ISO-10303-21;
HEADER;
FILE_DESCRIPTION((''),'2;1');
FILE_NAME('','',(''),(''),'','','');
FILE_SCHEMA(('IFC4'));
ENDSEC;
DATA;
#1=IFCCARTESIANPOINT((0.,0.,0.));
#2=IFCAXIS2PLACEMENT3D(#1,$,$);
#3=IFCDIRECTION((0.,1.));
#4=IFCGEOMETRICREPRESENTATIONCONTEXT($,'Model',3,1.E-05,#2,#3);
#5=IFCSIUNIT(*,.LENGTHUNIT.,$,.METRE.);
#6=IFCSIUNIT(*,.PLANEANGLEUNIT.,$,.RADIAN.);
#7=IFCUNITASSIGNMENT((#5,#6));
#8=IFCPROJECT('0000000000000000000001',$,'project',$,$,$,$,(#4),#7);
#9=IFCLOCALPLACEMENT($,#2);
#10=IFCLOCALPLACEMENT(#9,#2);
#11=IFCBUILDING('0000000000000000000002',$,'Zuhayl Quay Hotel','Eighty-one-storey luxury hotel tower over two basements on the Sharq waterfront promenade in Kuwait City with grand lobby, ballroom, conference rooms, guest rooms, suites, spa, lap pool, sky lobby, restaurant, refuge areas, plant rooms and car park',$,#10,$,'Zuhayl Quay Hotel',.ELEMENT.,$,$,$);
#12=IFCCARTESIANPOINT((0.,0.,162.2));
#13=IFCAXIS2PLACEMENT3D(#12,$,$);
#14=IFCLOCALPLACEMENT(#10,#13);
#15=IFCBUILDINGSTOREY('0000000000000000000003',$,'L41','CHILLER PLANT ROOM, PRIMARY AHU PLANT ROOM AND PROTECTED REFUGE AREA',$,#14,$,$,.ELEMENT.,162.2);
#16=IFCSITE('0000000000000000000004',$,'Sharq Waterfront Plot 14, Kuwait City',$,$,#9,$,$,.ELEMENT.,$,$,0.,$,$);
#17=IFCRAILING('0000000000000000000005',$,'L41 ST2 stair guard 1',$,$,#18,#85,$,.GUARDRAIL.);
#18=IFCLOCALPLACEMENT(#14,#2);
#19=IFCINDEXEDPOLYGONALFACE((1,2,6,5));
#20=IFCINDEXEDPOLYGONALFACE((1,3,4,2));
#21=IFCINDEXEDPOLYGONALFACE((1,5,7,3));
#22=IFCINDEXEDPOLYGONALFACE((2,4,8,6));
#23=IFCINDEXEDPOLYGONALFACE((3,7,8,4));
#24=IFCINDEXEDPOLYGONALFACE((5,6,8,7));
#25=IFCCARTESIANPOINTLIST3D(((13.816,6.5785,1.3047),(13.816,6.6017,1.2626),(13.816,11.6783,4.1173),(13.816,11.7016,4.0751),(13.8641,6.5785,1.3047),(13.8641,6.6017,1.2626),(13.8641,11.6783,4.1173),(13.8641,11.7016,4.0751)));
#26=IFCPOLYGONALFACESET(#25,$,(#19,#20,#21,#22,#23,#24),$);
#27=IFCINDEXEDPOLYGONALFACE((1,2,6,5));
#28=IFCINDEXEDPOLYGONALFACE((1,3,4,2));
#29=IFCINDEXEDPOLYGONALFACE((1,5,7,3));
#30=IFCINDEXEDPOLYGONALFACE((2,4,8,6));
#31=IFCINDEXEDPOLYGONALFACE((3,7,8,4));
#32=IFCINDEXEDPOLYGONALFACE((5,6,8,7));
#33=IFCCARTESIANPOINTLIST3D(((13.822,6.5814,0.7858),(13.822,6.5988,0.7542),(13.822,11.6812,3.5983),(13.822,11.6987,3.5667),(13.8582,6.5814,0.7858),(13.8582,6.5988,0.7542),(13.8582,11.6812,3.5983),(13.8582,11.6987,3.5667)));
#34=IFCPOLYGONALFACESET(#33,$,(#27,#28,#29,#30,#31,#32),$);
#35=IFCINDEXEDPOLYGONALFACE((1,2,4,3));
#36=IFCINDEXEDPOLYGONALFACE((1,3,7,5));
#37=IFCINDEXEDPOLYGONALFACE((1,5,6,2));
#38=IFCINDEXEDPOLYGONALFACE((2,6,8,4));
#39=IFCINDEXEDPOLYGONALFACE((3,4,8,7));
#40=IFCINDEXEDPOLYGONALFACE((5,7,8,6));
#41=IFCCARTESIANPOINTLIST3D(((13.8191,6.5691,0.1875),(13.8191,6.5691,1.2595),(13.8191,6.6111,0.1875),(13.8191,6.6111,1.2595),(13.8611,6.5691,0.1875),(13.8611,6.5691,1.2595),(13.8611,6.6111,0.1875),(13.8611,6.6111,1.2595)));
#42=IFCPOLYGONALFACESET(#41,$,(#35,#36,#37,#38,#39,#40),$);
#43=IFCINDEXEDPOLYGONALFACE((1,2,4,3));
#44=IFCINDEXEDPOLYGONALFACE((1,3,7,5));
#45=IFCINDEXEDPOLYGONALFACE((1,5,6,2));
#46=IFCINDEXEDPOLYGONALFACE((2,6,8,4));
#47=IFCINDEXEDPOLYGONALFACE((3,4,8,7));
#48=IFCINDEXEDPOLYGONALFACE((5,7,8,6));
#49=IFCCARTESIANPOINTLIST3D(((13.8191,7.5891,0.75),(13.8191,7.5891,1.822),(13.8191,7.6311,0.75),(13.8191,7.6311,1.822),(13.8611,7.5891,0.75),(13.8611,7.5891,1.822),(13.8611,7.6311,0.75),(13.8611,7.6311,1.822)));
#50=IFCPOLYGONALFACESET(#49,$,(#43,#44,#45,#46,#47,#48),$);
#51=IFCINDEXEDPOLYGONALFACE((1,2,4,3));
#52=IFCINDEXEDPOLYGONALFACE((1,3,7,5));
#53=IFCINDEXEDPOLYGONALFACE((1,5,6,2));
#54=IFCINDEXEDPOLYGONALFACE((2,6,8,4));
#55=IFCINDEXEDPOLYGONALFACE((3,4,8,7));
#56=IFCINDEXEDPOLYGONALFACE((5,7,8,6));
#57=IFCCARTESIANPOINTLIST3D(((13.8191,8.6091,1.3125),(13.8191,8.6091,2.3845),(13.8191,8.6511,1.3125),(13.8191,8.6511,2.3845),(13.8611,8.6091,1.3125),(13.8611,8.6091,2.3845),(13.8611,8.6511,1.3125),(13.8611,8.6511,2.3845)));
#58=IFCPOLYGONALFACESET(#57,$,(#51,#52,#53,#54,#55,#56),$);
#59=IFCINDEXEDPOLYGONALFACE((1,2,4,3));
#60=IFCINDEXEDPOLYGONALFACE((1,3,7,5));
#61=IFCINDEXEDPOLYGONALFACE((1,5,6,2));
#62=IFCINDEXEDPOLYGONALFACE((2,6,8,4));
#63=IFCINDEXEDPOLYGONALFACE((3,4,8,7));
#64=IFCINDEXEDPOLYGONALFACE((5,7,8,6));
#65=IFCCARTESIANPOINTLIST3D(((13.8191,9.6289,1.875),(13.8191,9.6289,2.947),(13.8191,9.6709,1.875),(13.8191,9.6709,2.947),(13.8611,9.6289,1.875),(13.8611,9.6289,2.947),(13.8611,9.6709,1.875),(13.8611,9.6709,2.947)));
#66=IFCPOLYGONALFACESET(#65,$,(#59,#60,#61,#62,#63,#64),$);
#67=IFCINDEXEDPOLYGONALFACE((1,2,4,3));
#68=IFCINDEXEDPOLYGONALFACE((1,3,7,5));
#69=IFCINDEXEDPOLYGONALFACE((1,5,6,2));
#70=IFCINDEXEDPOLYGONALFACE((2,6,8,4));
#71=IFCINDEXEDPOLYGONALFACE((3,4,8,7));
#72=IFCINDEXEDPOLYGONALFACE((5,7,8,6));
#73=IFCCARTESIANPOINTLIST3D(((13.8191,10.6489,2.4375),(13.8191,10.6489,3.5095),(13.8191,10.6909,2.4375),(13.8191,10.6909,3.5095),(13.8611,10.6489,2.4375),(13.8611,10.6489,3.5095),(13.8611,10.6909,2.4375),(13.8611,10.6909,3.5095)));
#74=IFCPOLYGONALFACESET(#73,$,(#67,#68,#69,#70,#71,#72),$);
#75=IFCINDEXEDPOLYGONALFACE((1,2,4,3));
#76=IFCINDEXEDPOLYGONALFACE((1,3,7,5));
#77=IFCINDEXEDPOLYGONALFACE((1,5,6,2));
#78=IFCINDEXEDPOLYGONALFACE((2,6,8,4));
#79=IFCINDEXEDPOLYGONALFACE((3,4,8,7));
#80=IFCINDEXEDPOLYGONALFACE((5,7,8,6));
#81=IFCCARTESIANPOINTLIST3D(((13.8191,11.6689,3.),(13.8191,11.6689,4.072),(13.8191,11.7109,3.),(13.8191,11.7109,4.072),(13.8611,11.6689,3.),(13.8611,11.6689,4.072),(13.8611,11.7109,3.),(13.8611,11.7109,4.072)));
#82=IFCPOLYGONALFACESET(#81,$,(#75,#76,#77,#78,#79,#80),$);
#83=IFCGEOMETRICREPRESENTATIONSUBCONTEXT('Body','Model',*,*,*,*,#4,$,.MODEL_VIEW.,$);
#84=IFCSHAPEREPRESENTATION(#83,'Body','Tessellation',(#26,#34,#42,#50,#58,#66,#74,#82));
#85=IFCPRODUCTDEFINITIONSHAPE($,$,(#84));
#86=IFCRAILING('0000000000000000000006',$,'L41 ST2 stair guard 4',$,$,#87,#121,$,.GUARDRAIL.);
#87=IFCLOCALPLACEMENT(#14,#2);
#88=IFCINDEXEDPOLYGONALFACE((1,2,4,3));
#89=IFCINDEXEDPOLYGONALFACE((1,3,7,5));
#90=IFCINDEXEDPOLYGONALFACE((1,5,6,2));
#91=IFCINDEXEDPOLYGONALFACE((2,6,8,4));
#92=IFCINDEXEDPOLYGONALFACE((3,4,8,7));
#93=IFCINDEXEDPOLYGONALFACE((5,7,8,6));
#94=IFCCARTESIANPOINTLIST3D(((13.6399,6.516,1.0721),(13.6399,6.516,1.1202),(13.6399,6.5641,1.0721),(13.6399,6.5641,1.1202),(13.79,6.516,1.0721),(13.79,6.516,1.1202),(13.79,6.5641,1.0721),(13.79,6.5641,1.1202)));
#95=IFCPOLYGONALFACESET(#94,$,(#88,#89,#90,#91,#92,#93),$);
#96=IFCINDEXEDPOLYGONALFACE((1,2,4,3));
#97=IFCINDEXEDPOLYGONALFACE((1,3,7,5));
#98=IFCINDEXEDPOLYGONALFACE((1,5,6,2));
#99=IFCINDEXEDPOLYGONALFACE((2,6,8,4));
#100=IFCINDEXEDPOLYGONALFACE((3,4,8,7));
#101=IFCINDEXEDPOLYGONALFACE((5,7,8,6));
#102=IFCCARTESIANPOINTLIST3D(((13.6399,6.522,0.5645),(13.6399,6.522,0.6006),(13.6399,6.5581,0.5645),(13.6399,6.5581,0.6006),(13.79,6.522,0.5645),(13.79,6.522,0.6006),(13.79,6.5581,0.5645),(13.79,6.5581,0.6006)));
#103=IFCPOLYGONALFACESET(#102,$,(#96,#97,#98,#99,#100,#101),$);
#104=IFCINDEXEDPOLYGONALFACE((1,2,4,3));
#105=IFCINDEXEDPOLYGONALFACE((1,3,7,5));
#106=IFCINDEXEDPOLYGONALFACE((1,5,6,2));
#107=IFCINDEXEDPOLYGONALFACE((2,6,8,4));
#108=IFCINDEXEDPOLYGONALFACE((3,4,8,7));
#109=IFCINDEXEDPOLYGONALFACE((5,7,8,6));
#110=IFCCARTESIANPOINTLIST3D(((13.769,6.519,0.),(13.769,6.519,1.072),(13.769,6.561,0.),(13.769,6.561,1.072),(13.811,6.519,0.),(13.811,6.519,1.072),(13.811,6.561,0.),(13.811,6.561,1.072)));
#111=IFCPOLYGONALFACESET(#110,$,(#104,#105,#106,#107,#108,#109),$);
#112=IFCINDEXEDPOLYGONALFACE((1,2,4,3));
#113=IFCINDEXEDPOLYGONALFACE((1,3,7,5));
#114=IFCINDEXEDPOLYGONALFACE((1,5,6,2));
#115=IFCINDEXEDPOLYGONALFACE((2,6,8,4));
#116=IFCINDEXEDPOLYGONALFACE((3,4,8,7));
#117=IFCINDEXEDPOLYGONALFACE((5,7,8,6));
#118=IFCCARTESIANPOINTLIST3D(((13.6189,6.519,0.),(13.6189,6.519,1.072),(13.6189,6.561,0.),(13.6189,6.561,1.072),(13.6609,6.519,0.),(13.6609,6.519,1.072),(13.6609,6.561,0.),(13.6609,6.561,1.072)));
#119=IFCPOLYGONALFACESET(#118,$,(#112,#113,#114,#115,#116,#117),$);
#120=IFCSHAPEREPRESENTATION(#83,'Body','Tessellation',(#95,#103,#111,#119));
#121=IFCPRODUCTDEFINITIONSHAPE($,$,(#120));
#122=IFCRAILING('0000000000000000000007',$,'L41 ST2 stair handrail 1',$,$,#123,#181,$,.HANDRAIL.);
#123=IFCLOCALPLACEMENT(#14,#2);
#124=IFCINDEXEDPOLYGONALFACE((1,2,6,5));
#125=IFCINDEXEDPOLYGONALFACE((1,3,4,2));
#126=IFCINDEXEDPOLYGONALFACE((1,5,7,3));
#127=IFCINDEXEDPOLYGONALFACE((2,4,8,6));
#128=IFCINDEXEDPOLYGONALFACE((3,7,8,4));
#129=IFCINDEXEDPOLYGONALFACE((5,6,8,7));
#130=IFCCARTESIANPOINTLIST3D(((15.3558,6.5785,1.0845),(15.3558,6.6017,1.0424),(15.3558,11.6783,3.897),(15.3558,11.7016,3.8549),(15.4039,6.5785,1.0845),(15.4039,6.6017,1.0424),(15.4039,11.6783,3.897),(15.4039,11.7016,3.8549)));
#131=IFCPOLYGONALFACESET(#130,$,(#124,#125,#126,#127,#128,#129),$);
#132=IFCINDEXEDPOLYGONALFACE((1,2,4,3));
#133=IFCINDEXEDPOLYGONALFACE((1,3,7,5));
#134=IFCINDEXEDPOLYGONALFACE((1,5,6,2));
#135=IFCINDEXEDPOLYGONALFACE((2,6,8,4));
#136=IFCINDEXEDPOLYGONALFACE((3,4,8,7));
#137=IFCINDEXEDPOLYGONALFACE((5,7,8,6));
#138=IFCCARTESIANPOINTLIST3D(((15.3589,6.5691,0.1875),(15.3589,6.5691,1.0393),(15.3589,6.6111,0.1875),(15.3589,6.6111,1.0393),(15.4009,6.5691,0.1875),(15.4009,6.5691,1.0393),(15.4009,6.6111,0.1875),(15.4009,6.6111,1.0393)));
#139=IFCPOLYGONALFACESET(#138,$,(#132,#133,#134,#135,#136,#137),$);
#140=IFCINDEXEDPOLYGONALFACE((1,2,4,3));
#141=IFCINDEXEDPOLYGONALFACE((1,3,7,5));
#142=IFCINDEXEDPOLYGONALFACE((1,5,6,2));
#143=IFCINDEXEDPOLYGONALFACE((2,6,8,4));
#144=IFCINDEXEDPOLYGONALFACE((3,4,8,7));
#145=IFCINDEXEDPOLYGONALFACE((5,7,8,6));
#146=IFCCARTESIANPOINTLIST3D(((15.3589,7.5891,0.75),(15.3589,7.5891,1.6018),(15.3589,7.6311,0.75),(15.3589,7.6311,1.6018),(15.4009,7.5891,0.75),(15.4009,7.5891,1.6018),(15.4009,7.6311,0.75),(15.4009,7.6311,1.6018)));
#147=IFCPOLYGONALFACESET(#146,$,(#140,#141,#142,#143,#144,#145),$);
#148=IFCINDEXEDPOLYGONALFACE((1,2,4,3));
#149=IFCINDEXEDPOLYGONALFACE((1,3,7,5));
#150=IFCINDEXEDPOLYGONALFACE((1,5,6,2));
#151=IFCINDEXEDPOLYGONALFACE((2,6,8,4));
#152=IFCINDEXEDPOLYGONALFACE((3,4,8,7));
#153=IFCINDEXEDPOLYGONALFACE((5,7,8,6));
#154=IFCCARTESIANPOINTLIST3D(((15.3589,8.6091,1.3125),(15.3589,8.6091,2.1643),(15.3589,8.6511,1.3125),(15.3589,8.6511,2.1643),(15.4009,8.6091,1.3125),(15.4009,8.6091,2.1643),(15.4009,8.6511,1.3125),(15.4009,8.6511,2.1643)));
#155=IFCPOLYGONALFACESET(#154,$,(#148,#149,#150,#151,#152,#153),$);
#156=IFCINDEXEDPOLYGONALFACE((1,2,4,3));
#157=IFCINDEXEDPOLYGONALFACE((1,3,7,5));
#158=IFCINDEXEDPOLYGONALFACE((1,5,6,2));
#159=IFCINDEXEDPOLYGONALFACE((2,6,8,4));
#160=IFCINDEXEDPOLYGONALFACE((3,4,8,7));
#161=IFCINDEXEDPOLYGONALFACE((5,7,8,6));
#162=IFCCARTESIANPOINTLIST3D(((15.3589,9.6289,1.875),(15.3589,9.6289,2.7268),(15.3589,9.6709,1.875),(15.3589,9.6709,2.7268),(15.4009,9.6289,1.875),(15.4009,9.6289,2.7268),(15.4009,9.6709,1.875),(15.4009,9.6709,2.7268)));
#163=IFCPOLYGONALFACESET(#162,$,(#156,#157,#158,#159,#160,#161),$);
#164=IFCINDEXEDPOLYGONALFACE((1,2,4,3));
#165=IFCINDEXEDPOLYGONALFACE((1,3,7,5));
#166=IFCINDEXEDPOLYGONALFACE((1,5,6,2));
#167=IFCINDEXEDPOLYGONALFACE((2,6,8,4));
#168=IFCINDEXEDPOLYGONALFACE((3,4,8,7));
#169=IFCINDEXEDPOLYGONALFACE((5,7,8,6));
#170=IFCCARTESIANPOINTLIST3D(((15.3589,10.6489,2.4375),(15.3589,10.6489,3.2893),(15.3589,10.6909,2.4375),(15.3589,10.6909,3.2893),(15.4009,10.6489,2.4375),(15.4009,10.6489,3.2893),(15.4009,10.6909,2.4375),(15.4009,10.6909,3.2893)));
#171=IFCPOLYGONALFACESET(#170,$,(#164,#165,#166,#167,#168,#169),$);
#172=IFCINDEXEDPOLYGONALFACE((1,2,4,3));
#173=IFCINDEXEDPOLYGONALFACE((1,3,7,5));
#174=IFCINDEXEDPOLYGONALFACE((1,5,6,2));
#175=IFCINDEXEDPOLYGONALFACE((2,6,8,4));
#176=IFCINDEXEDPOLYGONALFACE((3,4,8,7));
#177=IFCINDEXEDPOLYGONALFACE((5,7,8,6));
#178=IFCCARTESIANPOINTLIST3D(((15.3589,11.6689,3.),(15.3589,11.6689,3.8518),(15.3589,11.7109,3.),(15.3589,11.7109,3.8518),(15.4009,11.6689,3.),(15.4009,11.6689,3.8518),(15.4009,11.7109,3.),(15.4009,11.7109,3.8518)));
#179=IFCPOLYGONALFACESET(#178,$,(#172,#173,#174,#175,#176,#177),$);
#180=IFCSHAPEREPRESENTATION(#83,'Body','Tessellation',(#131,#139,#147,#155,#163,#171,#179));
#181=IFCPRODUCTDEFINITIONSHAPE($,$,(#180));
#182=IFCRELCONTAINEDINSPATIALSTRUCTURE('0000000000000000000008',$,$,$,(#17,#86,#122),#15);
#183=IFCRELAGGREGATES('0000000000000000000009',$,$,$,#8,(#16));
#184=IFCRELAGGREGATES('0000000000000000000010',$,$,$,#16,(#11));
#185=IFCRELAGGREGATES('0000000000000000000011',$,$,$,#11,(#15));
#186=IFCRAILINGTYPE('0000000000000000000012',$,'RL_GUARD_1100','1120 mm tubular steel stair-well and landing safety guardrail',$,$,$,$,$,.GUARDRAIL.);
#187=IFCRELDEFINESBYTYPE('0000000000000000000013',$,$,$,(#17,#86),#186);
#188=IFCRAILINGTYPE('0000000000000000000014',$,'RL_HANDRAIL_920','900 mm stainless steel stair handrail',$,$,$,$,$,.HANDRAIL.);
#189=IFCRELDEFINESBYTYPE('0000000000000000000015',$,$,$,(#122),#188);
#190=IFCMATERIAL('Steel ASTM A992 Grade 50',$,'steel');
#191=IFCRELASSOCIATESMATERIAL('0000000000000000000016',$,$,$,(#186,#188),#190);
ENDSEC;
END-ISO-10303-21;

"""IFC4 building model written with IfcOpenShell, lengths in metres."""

from ifc_helpers import new_model, si_unit, direction, frame, origin, origin_2d, place, context, subcontext, project, spatial, rectangle, extrude, material, type_object, element, save


model = new_model("IFC4")

# Units and contexts
model_context = context("Model", 3, precision=1e-05, world=origin(), true_north=direction((0.0, 1.0)))
body_context = subcontext(model_context, "Body", "Model", "MODEL_VIEW")
ifc_project = project(units=[si_unit("LENGTHUNIT", "METRE"), si_unit("PLANEANGLEUNIT", "RADIAN")], contexts=[model_context])

# Site, building, storey
site_placement = place(None, origin())
site = spatial("IfcSite", under=ifc_project, at=site_placement, Name="Sharq Waterfront Plot 14, Kuwait City", CompositionType="ELEMENT", RefElevation=0.0)
building_placement = place(site_placement, origin())
building = spatial("IfcBuilding", under=site, at=building_placement, Name="Zuhayl Quay Hotel", Description="Eighty-one-storey luxury hotel tower over two basements on the Sharq waterfront promenade in Kuwait City with grand lobby, ballroom, conference rooms, guest rooms, suites, spa, lap pool, sky lobby, restaurant, refuge areas, plant rooms and car park", LongName="Zuhayl Quay Hotel", CompositionType="ELEMENT")
storey_placement = place(building_placement, frame((0.0, 0.0, 162.2)))
storey = spatial("IfcBuildingStorey", under=building, at=storey_placement, Name="L41", Description="CHILLER PLANT ROOM, PRIMARY AHU PLANT ROOM AND PROTECTED REFUGE AREA", CompositionType="ELEMENT", Elevation=162.2)

# Railings
ifc_material_1 = material(Name="Steel ASTM A992 Grade 50", Category="steel")
railing_type_1 = type_object("IfcRailingType", Name="RL_GUARD_1100", Description="1120 mm tubular steel stair-well and landing safety guardrail", PredefinedType="GUARDRAIL", material=ifc_material_1)
railing_1_placement = place(storey_placement, frame((13.8401, 6.5901, 0.1875)))
element("IfcRailing", 1, at=railing_1_placement, inside=storey, type_object=railing_type_1, Name="L41 ST2 stair guard 1", PredefinedType="GUARDRAIL", context=body_context, shape_type="SweptSolid", body=[
    extrude(rectangle(XDim=0.0481, YDim=0.0481, at=origin_2d()), frame((0.0, 0.0, 1.0962), z_axis=(0.0, 0.875666, 0.482918), x_axis=(-1.0, 0.0, 0.0)), (0.0, 0.0, 1.0), 5.824),
    extrude(rectangle(XDim=0.0361, YDim=0.0361, at=origin_2d()), frame((0.0, 0.0, 0.5825), z_axis=(0.0, 0.875666, 0.482918), x_axis=(-1.0, 0.0, 0.0)), (0.0, 0.0, 1.0), 5.824),
    extrude(rectangle(XDim=0.042, YDim=0.042, at=origin_2d()), origin(), (0.0, 0.0, 1.0), 1.072),
    extrude(rectangle(XDim=0.042, YDim=0.042, at=origin_2d()), frame((0.0, 1.02, 0.5625)), (0.0, 0.0, 1.0), 1.072),
    extrude(rectangle(XDim=0.042, YDim=0.042, at=origin_2d()), frame((0.0, 2.04, 1.125)), (0.0, 0.0, 1.0), 1.072),
    extrude(rectangle(XDim=0.042, YDim=0.042, at=origin_2d()), frame((0.0, 3.0598, 1.6875)), (0.0, 0.0, 1.0), 1.072),
    extrude(rectangle(XDim=0.042, YDim=0.042, at=origin_2d()), frame((0.0, 4.0798, 2.25)), (0.0, 0.0, 1.0), 1.072),
    extrude(rectangle(XDim=0.042, YDim=0.042, at=origin_2d()), frame((0.0, 5.0999, 2.8125)), (0.0, 0.0, 1.0), 1.072),
])
railing_2_placement = place(storey_placement, frame((13.79, 6.54, 0.0)))
element("IfcRailing", 2, at=railing_2_placement, inside=storey, type_object=railing_type_1, Name="L41 ST2 stair guard 4", PredefinedType="GUARDRAIL", context=body_context, shape_type="SweptSolid", body=[
    extrude(rectangle(XDim=0.0481, YDim=0.0481, at=origin_2d()), frame((0.0, 0.0, 1.0962), z_axis=(-1.0, 0.0, 0.0), x_axis=(0.0, -1.0, 0.0)), (0.0, 0.0, 1.0), 0.1501),
    extrude(rectangle(XDim=0.0361, YDim=0.0361, at=origin_2d()), frame((0.0, 0.0, 0.5825), z_axis=(-1.0, 0.0, 0.0), x_axis=(0.0, -1.0, 0.0)), (0.0, 0.0, 1.0), 0.1501),
    extrude(rectangle(XDim=0.042, YDim=0.042, at=origin_2d()), origin(), (0.0, 0.0, 1.0), 1.072),
    extrude(rectangle(XDim=0.042, YDim=0.042, at=origin_2d()), frame((-0.1501, 0.0, 0.0)), (0.0, 0.0, 1.0), 1.072),
])
railing_type_2 = type_object("IfcRailingType", Name="RL_HANDRAIL_920", Description="900 mm stainless steel stair handrail", PredefinedType="HANDRAIL", material=ifc_material_1)
railing_3_placement = place(storey_placement, frame((15.3799, 6.5901, 0.1875)))
element("IfcRailing", 3, at=railing_3_placement, inside=storey, type_object=railing_type_2, Name="L41 ST2 stair handrail 1", PredefinedType="HANDRAIL", context=body_context, shape_type="SweptSolid", body=[
    extrude(rectangle(XDim=0.0481, YDim=0.0481, at=origin_2d()), frame((0.0, 0.0, 0.876), z_axis=(0.0, 0.875666, 0.482918), x_axis=(-1.0, 0.0, 0.0)), (0.0, 0.0, 1.0), 5.824),
    extrude(rectangle(XDim=0.042, YDim=0.042, at=origin_2d()), origin(), (0.0, 0.0, 1.0), 0.8518),
    extrude(rectangle(XDim=0.042, YDim=0.042, at=origin_2d()), frame((0.0, 1.02, 0.5625)), (0.0, 0.0, 1.0), 0.8518),
    extrude(rectangle(XDim=0.042, YDim=0.042, at=origin_2d()), frame((0.0, 2.04, 1.125)), (0.0, 0.0, 1.0), 0.8518),
    extrude(rectangle(XDim=0.042, YDim=0.042, at=origin_2d()), frame((0.0, 3.0598, 1.6875)), (0.0, 0.0, 1.0), 0.8518),
    extrude(rectangle(XDim=0.042, YDim=0.042, at=origin_2d()), frame((0.0, 4.0798, 2.25)), (0.0, 0.0, 1.0), 0.8518),
    extrude(rectangle(XDim=0.042, YDim=0.042, at=origin_2d()), frame((0.0, 5.0999, 2.8125)), (0.0, 0.0, 1.0), 0.8518),
])

save(model, "model.ifc")
